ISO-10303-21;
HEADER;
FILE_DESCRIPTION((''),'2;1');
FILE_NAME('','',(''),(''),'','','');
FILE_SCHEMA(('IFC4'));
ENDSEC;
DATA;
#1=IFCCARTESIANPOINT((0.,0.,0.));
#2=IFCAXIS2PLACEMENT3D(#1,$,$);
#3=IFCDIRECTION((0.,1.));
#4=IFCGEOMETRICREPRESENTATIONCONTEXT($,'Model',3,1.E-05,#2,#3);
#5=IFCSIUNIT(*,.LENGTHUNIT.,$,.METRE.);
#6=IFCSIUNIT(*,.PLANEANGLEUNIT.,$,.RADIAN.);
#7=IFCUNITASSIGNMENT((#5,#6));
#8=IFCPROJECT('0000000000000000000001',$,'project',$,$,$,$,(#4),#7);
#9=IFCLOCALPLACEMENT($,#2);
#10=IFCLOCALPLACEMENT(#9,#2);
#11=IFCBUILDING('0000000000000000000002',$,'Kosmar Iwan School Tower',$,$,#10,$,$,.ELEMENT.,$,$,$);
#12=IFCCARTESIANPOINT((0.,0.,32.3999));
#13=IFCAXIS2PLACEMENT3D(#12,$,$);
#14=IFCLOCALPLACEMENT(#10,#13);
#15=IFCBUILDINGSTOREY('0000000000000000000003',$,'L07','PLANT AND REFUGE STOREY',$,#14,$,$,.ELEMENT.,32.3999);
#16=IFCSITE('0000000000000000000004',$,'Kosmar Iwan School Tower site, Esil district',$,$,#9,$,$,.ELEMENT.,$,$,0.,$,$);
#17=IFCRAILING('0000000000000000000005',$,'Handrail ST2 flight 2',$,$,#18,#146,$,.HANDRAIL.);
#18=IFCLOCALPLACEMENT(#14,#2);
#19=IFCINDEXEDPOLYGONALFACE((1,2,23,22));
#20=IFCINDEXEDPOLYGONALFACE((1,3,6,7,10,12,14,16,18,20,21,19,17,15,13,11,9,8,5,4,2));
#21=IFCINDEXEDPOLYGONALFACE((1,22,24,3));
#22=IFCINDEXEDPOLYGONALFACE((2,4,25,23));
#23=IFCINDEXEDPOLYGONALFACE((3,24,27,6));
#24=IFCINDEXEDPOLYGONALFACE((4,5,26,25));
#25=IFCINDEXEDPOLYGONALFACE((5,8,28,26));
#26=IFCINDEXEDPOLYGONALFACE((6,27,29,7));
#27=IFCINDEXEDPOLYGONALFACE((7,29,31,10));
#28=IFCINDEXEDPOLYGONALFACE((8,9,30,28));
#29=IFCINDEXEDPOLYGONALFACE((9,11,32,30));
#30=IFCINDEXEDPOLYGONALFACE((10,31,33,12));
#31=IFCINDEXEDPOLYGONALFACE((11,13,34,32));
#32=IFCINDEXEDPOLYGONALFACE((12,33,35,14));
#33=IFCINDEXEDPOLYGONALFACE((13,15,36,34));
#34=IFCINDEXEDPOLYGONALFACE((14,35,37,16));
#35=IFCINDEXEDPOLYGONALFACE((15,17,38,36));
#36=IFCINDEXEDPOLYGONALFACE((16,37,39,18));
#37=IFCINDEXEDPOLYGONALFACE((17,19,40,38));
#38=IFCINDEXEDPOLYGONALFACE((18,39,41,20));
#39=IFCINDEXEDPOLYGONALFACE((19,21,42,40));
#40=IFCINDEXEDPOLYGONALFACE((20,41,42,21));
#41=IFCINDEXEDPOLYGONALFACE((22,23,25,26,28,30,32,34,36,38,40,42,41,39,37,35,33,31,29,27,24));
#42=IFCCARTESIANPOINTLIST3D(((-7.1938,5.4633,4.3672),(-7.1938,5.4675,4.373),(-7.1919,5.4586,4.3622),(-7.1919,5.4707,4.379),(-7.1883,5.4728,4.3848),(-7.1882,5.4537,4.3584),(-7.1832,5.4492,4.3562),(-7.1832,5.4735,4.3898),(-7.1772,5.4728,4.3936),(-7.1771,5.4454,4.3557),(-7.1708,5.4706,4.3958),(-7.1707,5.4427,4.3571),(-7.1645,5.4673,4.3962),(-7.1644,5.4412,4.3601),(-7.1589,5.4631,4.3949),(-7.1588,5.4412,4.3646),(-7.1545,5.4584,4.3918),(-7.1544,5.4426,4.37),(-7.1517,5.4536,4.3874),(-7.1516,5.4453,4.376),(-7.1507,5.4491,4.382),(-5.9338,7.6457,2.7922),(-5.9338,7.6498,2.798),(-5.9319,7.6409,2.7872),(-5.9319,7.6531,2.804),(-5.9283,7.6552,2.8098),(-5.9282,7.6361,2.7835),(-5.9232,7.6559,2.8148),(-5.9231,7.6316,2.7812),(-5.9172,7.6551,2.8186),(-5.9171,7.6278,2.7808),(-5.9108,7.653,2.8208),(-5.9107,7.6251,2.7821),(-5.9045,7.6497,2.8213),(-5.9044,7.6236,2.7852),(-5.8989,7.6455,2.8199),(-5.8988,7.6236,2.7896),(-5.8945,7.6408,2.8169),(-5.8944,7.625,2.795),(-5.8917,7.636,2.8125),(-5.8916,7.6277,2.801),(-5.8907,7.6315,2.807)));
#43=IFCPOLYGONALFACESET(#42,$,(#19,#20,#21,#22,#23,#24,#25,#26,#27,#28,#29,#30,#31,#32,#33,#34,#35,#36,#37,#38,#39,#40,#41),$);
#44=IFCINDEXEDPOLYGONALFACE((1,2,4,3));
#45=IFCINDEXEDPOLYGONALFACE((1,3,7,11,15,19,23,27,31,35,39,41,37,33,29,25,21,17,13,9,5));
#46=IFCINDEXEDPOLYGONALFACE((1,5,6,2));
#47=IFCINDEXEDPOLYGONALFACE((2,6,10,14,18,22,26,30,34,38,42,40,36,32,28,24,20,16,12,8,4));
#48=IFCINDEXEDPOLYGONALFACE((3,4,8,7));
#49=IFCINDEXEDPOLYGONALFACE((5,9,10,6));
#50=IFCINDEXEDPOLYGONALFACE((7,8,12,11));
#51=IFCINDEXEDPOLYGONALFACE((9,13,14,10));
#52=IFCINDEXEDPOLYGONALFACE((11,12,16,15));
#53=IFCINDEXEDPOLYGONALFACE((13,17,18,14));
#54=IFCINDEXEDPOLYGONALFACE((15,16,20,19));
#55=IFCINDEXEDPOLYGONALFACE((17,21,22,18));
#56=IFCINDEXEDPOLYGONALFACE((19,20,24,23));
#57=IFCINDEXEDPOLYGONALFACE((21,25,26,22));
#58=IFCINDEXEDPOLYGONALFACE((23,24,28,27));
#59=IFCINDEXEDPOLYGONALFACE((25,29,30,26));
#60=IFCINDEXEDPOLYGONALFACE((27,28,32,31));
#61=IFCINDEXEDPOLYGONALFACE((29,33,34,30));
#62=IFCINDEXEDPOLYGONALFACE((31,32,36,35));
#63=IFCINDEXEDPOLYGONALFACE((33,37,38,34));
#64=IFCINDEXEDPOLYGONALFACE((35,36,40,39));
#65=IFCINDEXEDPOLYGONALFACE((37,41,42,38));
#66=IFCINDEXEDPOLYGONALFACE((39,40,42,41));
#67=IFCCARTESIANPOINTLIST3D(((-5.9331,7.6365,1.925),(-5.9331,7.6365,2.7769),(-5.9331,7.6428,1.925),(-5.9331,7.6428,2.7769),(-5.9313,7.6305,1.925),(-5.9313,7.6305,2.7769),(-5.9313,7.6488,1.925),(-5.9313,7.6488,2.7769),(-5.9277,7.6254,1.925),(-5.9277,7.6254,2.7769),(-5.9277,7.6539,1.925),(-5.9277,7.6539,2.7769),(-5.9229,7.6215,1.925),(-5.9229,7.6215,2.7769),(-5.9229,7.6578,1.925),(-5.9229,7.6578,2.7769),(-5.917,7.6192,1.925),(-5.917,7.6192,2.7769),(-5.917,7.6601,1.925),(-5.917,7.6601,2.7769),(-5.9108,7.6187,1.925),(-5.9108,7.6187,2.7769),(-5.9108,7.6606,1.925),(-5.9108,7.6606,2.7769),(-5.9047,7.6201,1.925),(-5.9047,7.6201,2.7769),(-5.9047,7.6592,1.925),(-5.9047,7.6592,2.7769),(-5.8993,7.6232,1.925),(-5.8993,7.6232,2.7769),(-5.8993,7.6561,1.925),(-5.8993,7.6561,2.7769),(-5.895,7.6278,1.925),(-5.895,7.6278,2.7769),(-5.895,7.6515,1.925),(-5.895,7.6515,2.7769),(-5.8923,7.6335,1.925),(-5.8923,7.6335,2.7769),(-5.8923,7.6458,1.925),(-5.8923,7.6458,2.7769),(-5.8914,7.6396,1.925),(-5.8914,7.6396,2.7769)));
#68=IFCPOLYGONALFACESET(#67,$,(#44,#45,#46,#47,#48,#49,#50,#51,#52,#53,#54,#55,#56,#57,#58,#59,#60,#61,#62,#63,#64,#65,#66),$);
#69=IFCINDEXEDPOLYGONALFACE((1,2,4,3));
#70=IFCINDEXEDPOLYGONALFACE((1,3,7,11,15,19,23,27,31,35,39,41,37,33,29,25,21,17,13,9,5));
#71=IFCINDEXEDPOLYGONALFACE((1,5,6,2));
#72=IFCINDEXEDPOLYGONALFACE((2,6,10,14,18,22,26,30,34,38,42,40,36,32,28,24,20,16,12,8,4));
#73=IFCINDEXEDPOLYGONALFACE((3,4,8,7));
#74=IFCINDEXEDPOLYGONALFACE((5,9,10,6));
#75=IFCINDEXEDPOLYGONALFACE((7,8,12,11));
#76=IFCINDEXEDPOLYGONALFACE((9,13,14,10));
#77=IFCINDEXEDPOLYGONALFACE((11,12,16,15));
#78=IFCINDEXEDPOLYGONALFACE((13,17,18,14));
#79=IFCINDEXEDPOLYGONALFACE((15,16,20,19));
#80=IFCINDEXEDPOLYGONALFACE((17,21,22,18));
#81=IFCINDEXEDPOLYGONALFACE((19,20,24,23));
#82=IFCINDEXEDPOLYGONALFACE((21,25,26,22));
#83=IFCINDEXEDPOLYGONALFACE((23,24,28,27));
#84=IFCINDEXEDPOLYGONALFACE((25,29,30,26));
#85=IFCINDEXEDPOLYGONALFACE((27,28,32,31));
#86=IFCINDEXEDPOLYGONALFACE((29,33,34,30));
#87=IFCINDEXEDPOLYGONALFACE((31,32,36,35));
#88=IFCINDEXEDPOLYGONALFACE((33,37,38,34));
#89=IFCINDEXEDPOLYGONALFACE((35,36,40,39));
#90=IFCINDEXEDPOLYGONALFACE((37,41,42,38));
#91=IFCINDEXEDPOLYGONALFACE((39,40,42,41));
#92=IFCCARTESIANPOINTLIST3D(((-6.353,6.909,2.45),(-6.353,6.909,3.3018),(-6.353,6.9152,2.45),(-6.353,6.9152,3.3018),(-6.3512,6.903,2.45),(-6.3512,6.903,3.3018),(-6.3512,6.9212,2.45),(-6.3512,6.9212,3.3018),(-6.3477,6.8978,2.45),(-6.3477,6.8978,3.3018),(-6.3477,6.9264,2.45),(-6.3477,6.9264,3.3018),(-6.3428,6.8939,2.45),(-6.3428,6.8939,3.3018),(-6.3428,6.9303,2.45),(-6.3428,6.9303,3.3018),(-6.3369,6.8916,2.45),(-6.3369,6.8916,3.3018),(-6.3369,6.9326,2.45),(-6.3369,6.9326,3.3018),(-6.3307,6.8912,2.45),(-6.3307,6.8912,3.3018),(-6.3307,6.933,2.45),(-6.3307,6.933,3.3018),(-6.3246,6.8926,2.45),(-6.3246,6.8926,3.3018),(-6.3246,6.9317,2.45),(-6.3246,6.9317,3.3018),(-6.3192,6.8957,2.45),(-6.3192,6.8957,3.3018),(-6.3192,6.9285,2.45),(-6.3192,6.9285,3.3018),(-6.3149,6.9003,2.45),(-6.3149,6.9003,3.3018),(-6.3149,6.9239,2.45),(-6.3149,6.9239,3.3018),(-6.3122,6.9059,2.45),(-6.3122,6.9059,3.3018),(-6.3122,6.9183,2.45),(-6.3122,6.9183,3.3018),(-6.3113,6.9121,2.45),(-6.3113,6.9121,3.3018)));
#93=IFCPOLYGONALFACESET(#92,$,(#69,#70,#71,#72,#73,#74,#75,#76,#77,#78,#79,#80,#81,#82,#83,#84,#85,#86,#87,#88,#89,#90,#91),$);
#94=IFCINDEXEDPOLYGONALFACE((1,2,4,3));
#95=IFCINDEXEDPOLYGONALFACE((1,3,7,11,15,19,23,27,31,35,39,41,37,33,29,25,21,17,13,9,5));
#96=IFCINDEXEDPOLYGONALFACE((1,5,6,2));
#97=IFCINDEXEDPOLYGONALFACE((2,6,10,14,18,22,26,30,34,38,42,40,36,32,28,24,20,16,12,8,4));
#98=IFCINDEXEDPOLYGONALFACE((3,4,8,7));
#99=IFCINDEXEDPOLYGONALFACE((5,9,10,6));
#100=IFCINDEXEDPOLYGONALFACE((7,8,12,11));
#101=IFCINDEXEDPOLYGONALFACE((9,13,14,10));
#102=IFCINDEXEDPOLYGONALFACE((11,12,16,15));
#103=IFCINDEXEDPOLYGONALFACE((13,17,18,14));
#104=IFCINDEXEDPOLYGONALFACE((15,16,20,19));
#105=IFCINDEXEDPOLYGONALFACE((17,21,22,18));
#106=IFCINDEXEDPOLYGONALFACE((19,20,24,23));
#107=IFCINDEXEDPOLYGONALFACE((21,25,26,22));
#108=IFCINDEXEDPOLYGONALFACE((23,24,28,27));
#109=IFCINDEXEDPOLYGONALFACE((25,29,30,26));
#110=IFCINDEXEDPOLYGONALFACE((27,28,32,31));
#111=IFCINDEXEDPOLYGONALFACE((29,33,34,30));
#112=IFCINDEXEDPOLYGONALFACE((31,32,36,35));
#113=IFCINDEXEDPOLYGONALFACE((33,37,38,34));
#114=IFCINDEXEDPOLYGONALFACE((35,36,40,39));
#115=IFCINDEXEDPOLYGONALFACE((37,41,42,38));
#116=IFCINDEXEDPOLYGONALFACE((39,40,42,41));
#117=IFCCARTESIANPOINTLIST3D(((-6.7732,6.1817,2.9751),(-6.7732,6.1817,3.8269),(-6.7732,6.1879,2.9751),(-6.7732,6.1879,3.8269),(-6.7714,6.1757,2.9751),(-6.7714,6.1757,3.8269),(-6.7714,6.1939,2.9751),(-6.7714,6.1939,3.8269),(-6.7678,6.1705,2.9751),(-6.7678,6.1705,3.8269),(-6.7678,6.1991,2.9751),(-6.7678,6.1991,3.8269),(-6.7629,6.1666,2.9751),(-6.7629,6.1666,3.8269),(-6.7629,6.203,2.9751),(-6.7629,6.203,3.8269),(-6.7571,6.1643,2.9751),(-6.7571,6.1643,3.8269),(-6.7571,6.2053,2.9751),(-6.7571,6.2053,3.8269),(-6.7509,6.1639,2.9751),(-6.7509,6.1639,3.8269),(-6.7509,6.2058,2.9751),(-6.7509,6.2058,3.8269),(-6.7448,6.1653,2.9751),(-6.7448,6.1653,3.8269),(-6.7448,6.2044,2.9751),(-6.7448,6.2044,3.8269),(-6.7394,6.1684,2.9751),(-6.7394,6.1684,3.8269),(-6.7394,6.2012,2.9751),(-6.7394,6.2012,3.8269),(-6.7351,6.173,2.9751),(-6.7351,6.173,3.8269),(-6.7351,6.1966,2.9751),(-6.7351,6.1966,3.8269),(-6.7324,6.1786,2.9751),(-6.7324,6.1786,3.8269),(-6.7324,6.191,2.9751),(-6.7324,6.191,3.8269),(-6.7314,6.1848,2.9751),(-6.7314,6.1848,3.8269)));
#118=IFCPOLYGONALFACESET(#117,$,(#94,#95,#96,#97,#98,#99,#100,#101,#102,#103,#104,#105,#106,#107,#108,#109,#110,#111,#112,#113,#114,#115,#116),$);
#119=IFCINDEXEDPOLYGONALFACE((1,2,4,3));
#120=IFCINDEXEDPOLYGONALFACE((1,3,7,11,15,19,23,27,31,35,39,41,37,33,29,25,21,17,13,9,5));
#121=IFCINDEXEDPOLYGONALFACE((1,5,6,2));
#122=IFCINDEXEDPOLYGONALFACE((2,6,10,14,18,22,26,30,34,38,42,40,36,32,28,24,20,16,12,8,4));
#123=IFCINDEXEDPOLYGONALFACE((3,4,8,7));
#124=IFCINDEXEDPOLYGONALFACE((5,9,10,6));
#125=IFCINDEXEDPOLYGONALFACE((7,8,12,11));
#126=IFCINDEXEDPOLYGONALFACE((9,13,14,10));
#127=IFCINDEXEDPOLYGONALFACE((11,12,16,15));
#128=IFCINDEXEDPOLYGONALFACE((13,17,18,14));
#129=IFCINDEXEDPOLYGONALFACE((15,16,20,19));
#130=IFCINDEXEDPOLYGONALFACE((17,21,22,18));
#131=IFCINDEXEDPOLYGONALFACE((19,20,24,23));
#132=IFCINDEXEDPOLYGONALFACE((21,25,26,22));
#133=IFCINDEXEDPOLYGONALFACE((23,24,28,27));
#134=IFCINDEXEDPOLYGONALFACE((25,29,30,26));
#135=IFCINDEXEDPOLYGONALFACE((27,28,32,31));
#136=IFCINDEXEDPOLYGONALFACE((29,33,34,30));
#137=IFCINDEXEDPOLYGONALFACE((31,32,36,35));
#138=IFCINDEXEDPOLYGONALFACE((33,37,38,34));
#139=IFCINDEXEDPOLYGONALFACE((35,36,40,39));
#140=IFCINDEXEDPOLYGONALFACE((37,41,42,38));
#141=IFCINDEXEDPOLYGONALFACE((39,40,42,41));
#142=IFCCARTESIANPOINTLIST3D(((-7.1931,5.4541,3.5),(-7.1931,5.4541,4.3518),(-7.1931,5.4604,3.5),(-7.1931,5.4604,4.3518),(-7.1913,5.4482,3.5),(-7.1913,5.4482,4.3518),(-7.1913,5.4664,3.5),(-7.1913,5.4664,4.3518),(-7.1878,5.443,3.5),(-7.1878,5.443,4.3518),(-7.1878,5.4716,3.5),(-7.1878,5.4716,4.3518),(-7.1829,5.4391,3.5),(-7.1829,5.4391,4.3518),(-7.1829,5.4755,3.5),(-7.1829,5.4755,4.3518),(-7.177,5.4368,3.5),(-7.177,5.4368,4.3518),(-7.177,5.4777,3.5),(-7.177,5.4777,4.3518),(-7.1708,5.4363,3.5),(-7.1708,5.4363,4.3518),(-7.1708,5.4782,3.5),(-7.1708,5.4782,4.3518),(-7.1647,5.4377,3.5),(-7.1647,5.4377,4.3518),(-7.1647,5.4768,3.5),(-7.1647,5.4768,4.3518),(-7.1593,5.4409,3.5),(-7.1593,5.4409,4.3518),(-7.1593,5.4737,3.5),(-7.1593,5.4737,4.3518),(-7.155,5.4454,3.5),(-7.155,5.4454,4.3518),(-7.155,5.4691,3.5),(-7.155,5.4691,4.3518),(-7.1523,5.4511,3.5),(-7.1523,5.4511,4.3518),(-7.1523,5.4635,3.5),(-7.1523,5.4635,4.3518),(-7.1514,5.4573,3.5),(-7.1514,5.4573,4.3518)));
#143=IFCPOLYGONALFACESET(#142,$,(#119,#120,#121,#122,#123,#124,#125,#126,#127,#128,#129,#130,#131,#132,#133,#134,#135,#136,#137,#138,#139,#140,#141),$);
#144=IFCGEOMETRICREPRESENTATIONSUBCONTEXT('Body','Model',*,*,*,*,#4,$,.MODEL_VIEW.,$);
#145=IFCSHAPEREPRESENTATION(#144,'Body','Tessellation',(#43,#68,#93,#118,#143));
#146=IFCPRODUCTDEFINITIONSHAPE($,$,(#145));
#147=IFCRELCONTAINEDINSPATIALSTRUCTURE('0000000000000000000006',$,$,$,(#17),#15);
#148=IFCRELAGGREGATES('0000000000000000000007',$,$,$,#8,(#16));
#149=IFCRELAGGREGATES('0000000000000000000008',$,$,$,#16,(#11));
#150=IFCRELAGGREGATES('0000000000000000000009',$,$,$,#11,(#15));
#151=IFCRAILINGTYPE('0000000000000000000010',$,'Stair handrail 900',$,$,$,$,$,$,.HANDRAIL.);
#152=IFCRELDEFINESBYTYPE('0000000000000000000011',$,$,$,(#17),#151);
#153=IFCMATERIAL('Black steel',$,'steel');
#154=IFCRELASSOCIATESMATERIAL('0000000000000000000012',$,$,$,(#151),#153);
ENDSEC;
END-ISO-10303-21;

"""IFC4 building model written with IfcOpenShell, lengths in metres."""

from ifc_helpers import new_model, si_unit, direction, frame, origin, origin_2d, place, context, subcontext, project, spatial, circle, extrude, material, type_object, element, save


model = new_model("IFC4")

# Units and contexts
model_context = context("Model", 3, precision=1e-05, world=origin(), true_north=direction((0.0, 1.0)))
body_context = subcontext(model_context, "Body", "Model", "MODEL_VIEW")
ifc_project = project(units=[si_unit("LENGTHUNIT", "METRE"), si_unit("PLANEANGLEUNIT", "RADIAN")], contexts=[model_context])

# Site, building, storey
site_placement = place(None, origin())
site = spatial("IfcSite", under=ifc_project, at=site_placement, Name="Kosmar Iwan School Tower site, Esil district", CompositionType="ELEMENT", RefElevation=0.0)
building_placement = place(site_placement, origin())
building = spatial("IfcBuilding", under=site, at=building_placement, Name="Kosmar Iwan School Tower", CompositionType="ELEMENT")
storey_placement = place(building_placement, frame((0.0, 0.0, 32.3999)))
storey = spatial("IfcBuildingStorey", under=building, at=storey_placement, Name="L07", Description="PLANT AND REFUGE STOREY", CompositionType="ELEMENT", Elevation=32.3999)

# Railing
ifc_material_1 = material(Name="Black steel", Category="steel")
railing_type = type_object("IfcRailingType", Name="Stair handrail 900", PredefinedType="HANDRAIL", material=ifc_material_1)
railing_1_placement = place(storey_placement, frame((-5.9124, 7.6396, 1.925)))
element("IfcRailing", 1, at=railing_1_placement, inside=storey, type_object=railing_type, Name="Handrail ST2 flight 2", PredefinedType="HANDRAIL", context=body_context, shape_type="SweptSolid", body=[
    extrude(circle(Radius=0.0239, at=origin_2d()), frame((0.0, 0.0, 0.876), z_axis=(-0.424007, -0.734392, 0.529988), x_axis=(0.866023, -0.500005, 0.0)), (0.0, 0.0, 1.0), 2.9717),
    extrude(circle(Radius=0.021, at=origin_2d()), origin(), (0.0, 0.0, 1.0), 0.8518),
    extrude(circle(Radius=0.021, at=origin_2d()), frame((-0.4199, -0.7275, 0.5249)), (0.0, 0.0, 1.0), 0.8518),
    extrude(circle(Radius=0.021, at=origin_2d()), frame((-0.8401, -1.4548, 1.05)), (0.0, 0.0, 1.0), 0.8518),
    extrude(circle(Radius=0.021, at=origin_2d()), frame((-1.26, -2.1824, 1.575)), (0.0, 0.0, 1.0), 0.8518),
])

save(model, "model.ifc")
